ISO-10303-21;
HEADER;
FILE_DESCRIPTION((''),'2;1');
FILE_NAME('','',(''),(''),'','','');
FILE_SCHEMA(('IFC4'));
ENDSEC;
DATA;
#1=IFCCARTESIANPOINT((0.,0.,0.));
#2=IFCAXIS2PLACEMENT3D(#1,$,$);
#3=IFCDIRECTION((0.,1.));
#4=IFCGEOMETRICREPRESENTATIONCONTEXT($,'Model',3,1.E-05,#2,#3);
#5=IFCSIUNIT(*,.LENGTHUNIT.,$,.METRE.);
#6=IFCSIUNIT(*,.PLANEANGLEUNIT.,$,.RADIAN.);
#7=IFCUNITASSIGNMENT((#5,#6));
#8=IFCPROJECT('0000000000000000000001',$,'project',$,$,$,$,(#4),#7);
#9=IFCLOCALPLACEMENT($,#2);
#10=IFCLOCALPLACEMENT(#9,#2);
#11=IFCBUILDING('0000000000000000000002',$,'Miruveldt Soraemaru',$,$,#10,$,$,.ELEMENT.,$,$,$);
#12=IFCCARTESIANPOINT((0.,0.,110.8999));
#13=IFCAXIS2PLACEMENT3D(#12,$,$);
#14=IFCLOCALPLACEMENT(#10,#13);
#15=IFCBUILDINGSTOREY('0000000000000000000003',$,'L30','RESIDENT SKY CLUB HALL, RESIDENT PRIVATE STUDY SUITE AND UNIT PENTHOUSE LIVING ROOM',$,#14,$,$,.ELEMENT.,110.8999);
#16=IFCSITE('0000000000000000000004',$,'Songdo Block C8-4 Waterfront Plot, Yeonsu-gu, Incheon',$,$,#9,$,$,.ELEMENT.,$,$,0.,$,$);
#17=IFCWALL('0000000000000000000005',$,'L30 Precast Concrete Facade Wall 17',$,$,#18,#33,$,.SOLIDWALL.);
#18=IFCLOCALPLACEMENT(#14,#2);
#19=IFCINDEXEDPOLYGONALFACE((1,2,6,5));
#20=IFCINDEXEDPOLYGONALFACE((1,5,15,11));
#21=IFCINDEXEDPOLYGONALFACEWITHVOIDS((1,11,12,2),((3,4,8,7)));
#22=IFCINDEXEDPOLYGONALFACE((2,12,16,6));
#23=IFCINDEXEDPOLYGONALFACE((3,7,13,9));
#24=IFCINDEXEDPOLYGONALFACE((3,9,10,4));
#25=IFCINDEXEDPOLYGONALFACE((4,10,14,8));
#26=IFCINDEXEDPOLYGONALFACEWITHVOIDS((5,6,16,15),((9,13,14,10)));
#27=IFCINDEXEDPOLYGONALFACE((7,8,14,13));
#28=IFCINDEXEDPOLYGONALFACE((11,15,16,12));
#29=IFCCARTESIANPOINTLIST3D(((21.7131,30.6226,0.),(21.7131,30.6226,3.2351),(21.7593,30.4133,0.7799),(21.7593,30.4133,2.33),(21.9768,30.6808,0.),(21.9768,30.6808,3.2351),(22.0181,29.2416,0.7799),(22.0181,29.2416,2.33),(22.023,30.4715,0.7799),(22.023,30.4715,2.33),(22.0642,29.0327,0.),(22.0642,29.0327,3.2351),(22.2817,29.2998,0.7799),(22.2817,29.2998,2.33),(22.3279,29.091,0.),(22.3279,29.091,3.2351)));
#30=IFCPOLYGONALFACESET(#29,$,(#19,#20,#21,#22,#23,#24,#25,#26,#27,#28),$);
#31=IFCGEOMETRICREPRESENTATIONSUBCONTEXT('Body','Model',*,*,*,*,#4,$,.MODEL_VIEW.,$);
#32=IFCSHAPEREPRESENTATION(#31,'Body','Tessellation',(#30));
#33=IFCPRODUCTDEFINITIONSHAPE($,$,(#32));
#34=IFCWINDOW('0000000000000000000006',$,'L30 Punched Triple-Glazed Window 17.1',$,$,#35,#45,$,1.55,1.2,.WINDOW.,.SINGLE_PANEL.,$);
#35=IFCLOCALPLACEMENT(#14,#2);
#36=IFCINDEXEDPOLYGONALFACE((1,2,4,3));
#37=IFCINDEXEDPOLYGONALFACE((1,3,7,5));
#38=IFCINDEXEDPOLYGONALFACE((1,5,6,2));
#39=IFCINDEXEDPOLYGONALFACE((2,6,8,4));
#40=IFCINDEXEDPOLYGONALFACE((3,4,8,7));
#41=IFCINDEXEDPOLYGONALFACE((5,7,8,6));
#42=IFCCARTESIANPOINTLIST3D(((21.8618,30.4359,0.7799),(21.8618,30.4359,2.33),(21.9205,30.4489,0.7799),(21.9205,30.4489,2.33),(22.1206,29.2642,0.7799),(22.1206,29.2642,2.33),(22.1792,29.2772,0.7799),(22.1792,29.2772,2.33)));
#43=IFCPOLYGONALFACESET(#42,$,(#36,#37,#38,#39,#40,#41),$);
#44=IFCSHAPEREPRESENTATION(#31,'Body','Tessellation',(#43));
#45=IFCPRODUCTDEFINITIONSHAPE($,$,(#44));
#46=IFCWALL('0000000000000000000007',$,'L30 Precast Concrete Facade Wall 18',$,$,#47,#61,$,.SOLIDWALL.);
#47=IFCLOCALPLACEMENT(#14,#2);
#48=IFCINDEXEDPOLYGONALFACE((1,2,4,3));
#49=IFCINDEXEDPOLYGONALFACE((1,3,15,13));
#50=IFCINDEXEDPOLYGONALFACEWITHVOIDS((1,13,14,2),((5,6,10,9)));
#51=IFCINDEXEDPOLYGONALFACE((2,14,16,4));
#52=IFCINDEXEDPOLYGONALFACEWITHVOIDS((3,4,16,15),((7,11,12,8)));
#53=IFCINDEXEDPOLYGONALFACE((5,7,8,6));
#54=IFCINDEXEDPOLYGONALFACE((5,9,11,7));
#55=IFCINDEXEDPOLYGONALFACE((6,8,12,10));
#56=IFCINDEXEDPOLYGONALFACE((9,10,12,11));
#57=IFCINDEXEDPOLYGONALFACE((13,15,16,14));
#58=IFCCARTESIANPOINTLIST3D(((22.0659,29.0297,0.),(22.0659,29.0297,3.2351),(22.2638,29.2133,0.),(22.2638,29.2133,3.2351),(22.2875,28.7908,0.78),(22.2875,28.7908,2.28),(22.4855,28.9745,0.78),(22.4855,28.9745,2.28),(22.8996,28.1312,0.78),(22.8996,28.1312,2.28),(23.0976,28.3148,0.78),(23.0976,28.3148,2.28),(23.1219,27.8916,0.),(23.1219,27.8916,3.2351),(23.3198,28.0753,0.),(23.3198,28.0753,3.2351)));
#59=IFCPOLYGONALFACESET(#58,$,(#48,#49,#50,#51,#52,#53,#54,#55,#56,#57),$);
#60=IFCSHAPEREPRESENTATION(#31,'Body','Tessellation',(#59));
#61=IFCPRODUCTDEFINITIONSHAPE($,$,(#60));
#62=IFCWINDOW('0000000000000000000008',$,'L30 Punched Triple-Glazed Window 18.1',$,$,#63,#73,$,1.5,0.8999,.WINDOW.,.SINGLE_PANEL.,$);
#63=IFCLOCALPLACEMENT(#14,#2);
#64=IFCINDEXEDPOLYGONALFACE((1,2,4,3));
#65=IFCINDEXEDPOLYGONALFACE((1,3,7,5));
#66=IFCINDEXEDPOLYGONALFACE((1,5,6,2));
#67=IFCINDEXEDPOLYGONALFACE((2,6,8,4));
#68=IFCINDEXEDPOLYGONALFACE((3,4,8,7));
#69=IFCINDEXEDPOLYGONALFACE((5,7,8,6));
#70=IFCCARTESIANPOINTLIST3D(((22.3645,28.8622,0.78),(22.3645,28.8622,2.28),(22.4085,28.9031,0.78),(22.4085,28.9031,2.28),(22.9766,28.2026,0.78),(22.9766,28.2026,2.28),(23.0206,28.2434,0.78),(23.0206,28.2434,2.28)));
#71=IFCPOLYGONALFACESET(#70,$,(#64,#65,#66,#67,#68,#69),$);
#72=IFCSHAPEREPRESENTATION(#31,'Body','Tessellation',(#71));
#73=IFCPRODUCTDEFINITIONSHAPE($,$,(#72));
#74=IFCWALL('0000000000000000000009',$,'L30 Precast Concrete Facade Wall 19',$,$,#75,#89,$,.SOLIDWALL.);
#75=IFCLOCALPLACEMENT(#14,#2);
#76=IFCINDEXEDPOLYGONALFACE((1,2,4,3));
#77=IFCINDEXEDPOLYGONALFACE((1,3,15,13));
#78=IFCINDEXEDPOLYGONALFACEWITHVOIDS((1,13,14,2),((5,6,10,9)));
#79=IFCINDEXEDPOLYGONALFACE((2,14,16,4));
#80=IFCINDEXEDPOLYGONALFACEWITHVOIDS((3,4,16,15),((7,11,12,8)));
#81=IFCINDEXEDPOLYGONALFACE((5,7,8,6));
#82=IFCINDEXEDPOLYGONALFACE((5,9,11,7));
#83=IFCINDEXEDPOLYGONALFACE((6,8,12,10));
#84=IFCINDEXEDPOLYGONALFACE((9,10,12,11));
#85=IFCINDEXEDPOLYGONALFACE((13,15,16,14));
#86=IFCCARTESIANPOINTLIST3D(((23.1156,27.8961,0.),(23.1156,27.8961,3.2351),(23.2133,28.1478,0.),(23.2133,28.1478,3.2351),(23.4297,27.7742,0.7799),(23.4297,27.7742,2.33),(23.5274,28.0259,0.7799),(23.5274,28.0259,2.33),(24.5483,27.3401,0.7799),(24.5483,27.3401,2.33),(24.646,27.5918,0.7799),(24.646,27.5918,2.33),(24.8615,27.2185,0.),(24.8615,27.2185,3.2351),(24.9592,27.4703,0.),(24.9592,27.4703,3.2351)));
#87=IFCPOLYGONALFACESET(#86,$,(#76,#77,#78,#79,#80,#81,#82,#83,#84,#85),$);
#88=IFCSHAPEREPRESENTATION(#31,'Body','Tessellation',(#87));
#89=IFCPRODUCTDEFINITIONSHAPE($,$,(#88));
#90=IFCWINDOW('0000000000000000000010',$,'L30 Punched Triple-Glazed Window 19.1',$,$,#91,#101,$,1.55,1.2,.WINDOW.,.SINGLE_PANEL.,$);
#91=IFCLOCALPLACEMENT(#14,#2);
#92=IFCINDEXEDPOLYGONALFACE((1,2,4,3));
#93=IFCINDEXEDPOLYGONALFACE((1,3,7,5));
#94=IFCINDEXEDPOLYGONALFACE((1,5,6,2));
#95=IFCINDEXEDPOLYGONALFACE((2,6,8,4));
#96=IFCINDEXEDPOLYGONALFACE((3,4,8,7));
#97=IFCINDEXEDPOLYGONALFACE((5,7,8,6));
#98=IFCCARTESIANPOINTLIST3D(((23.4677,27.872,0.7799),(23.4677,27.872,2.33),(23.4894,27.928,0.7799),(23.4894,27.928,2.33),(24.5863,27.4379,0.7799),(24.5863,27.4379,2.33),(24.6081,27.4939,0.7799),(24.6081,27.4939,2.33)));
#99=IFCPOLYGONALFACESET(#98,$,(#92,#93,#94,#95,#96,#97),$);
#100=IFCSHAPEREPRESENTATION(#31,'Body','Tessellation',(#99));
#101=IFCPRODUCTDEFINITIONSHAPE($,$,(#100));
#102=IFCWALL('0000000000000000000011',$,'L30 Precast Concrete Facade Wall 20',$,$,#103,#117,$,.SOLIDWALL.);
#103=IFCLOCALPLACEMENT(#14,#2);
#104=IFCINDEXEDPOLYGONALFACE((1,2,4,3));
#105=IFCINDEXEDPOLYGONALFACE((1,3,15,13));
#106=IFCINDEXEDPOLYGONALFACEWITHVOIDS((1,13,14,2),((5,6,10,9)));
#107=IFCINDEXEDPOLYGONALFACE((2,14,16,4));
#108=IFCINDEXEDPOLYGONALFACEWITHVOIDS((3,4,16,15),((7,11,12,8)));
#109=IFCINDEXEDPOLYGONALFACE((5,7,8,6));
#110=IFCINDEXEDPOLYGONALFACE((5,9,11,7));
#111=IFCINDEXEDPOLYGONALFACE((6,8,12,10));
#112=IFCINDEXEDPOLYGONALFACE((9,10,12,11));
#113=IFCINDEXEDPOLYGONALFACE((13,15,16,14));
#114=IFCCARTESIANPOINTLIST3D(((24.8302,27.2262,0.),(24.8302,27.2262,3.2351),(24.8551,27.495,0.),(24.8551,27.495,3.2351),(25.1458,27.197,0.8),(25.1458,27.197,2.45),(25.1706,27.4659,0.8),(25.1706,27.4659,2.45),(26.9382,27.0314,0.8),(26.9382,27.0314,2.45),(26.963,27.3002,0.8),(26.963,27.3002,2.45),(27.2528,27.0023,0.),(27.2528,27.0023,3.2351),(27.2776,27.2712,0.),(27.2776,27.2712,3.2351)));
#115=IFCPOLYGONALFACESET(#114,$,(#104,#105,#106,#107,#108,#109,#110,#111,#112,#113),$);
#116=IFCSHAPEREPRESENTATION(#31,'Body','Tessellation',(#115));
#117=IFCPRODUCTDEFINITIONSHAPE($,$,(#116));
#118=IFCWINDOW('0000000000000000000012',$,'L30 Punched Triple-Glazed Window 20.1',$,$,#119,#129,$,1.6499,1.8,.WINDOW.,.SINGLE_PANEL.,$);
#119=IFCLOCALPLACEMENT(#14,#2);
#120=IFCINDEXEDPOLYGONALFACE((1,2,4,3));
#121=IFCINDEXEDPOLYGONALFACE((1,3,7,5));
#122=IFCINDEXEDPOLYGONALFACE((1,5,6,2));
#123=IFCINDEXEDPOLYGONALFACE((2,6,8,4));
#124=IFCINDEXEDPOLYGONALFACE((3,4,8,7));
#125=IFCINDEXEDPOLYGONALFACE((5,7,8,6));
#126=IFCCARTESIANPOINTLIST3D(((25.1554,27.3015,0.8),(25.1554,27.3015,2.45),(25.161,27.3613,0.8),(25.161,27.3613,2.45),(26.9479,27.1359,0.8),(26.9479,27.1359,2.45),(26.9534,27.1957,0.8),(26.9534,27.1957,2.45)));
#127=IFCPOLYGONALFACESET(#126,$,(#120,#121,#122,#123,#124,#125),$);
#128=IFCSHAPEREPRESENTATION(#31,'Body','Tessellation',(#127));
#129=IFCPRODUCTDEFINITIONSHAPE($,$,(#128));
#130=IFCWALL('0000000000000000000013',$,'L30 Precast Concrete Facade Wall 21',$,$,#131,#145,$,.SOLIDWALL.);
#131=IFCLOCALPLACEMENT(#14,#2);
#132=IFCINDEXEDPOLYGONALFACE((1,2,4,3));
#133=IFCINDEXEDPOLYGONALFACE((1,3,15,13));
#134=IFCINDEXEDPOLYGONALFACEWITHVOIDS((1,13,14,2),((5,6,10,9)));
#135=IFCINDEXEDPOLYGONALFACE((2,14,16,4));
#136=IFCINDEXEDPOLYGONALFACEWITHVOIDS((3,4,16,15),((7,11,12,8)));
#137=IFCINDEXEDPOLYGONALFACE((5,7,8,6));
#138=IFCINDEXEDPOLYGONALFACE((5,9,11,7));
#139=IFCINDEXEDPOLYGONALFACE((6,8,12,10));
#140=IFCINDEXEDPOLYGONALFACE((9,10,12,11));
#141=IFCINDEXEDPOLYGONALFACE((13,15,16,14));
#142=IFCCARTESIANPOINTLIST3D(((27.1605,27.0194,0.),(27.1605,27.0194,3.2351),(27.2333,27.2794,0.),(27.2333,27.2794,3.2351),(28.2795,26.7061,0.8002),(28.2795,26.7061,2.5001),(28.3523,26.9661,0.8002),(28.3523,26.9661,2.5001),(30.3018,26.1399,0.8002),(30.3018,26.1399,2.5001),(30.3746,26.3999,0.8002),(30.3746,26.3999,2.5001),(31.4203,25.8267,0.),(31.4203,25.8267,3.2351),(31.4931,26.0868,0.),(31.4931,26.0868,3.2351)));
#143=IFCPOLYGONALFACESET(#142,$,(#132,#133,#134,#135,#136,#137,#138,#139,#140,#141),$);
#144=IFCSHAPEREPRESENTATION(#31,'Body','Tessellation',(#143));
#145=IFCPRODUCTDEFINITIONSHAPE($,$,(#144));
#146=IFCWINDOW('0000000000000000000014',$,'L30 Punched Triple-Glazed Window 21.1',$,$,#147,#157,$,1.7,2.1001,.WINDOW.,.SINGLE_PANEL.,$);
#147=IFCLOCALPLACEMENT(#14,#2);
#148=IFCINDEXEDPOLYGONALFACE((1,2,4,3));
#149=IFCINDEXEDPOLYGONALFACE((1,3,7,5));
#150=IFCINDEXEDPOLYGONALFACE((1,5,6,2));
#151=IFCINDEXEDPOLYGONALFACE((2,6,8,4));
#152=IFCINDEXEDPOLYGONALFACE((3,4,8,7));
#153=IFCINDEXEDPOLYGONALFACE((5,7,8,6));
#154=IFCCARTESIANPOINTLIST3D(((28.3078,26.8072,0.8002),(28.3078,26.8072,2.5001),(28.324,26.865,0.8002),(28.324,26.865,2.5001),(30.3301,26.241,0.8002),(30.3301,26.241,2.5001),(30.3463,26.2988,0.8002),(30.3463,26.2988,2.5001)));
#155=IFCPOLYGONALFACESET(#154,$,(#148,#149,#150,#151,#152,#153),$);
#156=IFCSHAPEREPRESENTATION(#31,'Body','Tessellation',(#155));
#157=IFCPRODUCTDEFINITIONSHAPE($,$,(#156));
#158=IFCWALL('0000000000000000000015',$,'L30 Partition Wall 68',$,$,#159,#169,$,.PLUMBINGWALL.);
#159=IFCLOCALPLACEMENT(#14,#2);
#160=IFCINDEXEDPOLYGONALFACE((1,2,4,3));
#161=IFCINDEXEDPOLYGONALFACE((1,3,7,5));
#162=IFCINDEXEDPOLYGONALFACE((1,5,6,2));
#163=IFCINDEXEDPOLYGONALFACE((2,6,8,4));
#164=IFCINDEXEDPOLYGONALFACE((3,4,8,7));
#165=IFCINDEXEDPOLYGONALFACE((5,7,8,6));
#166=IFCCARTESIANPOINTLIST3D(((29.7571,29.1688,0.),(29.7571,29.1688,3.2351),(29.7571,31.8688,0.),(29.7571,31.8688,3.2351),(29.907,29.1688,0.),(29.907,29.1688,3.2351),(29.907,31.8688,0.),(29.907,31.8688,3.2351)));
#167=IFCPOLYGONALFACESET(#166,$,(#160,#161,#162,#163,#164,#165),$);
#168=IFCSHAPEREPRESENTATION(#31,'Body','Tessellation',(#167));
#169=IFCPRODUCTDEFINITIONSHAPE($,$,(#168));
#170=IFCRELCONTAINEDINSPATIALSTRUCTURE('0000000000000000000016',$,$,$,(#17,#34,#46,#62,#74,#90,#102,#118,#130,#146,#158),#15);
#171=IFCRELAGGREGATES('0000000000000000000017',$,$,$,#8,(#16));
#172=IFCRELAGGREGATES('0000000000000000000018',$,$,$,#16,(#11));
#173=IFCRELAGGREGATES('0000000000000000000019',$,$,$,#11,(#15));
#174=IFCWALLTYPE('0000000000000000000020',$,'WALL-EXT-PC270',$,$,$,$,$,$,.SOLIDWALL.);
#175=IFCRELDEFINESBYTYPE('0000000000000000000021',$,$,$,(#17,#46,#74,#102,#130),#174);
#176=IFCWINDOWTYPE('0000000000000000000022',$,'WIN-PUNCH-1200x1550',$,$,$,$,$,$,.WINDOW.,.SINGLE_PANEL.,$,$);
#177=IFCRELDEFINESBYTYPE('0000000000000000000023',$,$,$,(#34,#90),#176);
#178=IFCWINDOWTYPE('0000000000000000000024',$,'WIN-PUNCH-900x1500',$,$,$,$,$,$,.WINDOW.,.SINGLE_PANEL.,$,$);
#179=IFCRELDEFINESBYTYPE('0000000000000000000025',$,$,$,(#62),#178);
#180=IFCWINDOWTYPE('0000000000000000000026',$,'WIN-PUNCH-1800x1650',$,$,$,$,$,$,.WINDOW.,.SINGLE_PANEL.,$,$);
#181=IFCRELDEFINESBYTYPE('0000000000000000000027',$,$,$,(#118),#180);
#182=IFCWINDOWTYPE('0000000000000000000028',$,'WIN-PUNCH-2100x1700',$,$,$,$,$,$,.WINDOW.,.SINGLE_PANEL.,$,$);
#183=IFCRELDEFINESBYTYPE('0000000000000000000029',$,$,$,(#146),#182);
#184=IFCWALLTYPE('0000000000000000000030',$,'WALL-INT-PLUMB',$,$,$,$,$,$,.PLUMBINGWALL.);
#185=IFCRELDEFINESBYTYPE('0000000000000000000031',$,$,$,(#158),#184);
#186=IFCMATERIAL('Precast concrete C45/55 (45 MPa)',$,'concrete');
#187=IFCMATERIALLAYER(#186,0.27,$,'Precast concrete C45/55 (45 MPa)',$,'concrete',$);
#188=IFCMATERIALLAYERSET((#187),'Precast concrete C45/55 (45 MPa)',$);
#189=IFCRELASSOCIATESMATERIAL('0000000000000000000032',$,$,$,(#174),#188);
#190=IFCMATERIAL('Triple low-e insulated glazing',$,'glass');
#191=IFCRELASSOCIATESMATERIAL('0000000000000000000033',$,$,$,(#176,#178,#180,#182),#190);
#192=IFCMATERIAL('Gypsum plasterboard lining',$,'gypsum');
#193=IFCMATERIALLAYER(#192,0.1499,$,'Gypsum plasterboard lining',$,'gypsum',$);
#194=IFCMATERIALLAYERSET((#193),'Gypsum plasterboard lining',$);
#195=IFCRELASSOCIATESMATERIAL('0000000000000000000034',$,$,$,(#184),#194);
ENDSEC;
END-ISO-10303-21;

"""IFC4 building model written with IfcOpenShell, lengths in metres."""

from ifc_helpers import new_model, si_unit, direction, frame, frame_2d, origin, place, context, subcontext, project, spatial, rectangle, extrude, material, layer, layer_set, type_object, element, fill, save


model = new_model("IFC4")

# Units and contexts
model_context = context("Model", 3, precision=1e-05, world=origin(), true_north=direction((0.0, 1.0)))
body_context = subcontext(model_context, "Body", "Model", "MODEL_VIEW")
ifc_project = project(units=[si_unit("LENGTHUNIT", "METRE"), si_unit("PLANEANGLEUNIT", "RADIAN")], contexts=[model_context])

# Site, building, storey
site_placement = place(None, origin())
site = spatial("IfcSite", under=ifc_project, at=site_placement, Name="Songdo Block C8-4 Waterfront Plot, Yeonsu-gu, Incheon", CompositionType="ELEMENT", RefElevation=0.0)
building_placement = place(site_placement, origin())
building = spatial("IfcBuilding", under=site, at=building_placement, Name="Miruveldt Soraemaru", CompositionType="ELEMENT")
storey_placement = place(building_placement, frame((0.0, 0.0, 110.8999)))
storey = spatial("IfcBuildingStorey", under=building, at=storey_placement, Name="L30", Description="RESIDENT SKY CLUB HALL, RESIDENT PRIVATE STUDY SUITE AND UNIT PENTHOUSE LIVING ROOM", CompositionType="ELEMENT", Elevation=110.8999)

# Walls, openings, windows
ifc_material_1 = material(Name="Precast concrete C45/55 (45 MPa)", Category="concrete")
ifc_layer_1 = layer(ifc_material_1, 0.27, Name="Precast concrete C45/55 (45 MPa)", Category="concrete")
ifc_layer_set_1 = layer_set([ifc_layer_1], Name="Precast concrete C45/55 (45 MPa)")
wall_type_1 = type_object("IfcWallType", Name="WALL-EXT-PC270", PredefinedType="SOLIDWALL", material=ifc_layer_set_1)
ifc_material_2 = material(Name="Triple low-e insulated glazing", Category="glass")
wall_1_placement = place(storey_placement, frame((21.845, 30.6516, 0.0), z_axis=(0.0, 0.0, 1.0), x_axis=(0.215628, -0.976476, 0.0)))
wall_1 = element("IfcWall", 1, at=wall_1_placement, inside=storey, type_object=wall_type_1, Name="L30 Precast Concrete Facade Wall 17", PredefinedType="SOLIDWALL", context=body_context, shape_type="SweptSolid", body=[
    extrude(rectangle(XDim=1.6282, YDim=0.27, at=frame_2d((0.814, 0.0))), origin(), (0.0, 0.0, 1.0), 3.2351),
])
opening_1_placement = place(wall_1_placement, frame((0.2141, 0.0, 0.78)))
opening_1 = element("IfcOpeningElement", 2, at=opening_1_placement, cuts=wall_1, PredefinedType="OPENING", context=body_context, shape_type="SweptSolid", body=[
    extrude(rectangle(XDim=1.2, YDim=1.55, at=frame_2d((0.6001, 0.7749))), frame((0.0, 0.145, 0.0), z_axis=(0.0, -1.0, 0.0), x_axis=(1.0, 0.0, 0.0)), (0.0, 0.0, 1.0), 0.29),
])
window_type_1 = type_object("IfcWindowType", Name="WIN-PUNCH-1200x1550", PartitioningType="SINGLE_PANEL", PredefinedType="WINDOW", material=ifc_material_2)
window_1_placement = place(opening_1_placement, origin())
window_1 = element("IfcWindow", 3, at=window_1_placement, inside=storey, type_object=window_type_1, Name="L30 Punched Triple-Glazed Window 17.1", OverallHeight=1.55, OverallWidth=1.2, PartitioningType="SINGLE_PANEL", PredefinedType="WINDOW", context=body_context, shape_type="SweptSolid", body=[
    extrude(rectangle(XDim=1.2, YDim=1.55, at=frame_2d((0.6001, 0.7749))), frame((0.0, 0.03, 0.0), z_axis=(0.0, -1.0, 0.0), x_axis=(1.0, 0.0, 0.0)), (0.0, 0.0, 1.0), 0.0601),
])
fill(opening_1, window_1)
wall_2_placement = place(storey_placement, frame((22.1648, 29.1216, 0.0), z_axis=(0.0, 0.0, 1.0), x_axis=(0.680192, -0.733034, 0.0)))
wall_2 = element("IfcWall", 4, at=wall_2_placement, inside=storey, type_object=wall_type_1, Name="L30 Precast Concrete Facade Wall 18", PredefinedType="SOLIDWALL", context=body_context, shape_type="SweptSolid", body=[
    extrude(rectangle(XDim=1.5525, YDim=0.27, at=frame_2d((0.7764, 0.0))), origin(), (0.0, 0.0, 1.0), 3.2351),
])
opening_2_placement = place(wall_2_placement, frame((0.3259, 0.0, 0.78)))
opening_2 = element("IfcOpeningElement", 5, at=opening_2_placement, cuts=wall_2, PredefinedType="OPENING", context=body_context, shape_type="SweptSolid", body=[
    extrude(rectangle(XDim=0.8999, YDim=1.5, at=frame_2d((0.45, 0.75))), frame((0.0, 0.145, 0.0), z_axis=(0.0, -1.0, 0.0), x_axis=(1.0, 0.0, 0.0)), (0.0, 0.0, 1.0), 0.29),
])
window_type_2 = type_object("IfcWindowType", Name="WIN-PUNCH-900x1500", PartitioningType="SINGLE_PANEL", PredefinedType="WINDOW", material=ifc_material_2)
window_2_placement = place(opening_2_placement, origin())
window_2 = element("IfcWindow", 6, at=window_2_placement, inside=storey, type_object=window_type_2, Name="L30 Punched Triple-Glazed Window 18.1", OverallHeight=1.5, OverallWidth=0.8999, PartitioningType="SINGLE_PANEL", PredefinedType="WINDOW", context=body_context, shape_type="SweptSolid", body=[
    extrude(rectangle(XDim=0.8999, YDim=1.5, at=frame_2d((0.45, 0.75))), frame((0.0, 0.03, 0.0), z_axis=(0.0, -1.0, 0.0), x_axis=(1.0, 0.0, 0.0)), (0.0, 0.0, 1.0), 0.0601),
])
fill(opening_2, window_2)
wall_3_placement = place(storey_placement, frame((23.1643, 28.022, 0.0), z_axis=(0.0, 0.0, 1.0), x_axis=(0.932266, -0.361773, 0.0)))
wall_3 = element("IfcWall", 7, at=wall_3_placement, inside=storey, type_object=wall_type_1, Name="L30 Precast Concrete Facade Wall 19", PredefinedType="SOLIDWALL", context=body_context, shape_type="SweptSolid", body=[
    extrude(rectangle(XDim=1.8728, YDim=0.27, at=frame_2d((0.9365, 0.0))), origin(), (0.0, 0.0, 1.0), 3.2351),
])
opening_3_placement = place(wall_3_placement, frame((0.3369, 0.0, 0.78)))
opening_3 = element("IfcOpeningElement", 8, at=opening_3_placement, cuts=wall_3, PredefinedType="OPENING", context=body_context, shape_type="SweptSolid", body=[
    extrude(rectangle(XDim=1.2, YDim=1.55, at=frame_2d((0.6001, 0.7749))), frame((0.0, 0.145, 0.0), z_axis=(0.0, -1.0, 0.0), x_axis=(1.0, 0.0, 0.0)), (0.0, 0.0, 1.0), 0.29),
])
window_3_placement = place(opening_3_placement, origin())
window_3 = element("IfcWindow", 9, at=window_3_placement, inside=storey, type_object=window_type_1, Name="L30 Punched Triple-Glazed Window 19.1", OverallHeight=1.55, OverallWidth=1.2, PartitioningType="SINGLE_PANEL", PredefinedType="WINDOW", context=body_context, shape_type="SweptSolid", body=[
    extrude(rectangle(XDim=1.2, YDim=1.55, at=frame_2d((0.6001, 0.7749))), frame((0.0, 0.03, 0.0), z_axis=(0.0, -1.0, 0.0), x_axis=(1.0, 0.0, 0.0)), (0.0, 0.0, 1.0), 0.0601),
])
fill(opening_3, window_3)
wall_4_placement = place(storey_placement, frame((24.8428, 27.3606, 0.0), z_axis=(0.0, 0.0, 1.0), x_axis=(0.995757, -0.092019, 0.0)))
wall_4 = element("IfcWall", 10, at=wall_4_placement, inside=storey, type_object=wall_type_1, Name="L30 Precast Concrete Facade Wall 20", PredefinedType="SOLIDWALL", context=body_context, shape_type="SweptSolid", body=[
    extrude(rectangle(XDim=2.4329, YDim=0.27, at=frame_2d((1.2163, 0.0))), origin(), (0.0, 0.0, 1.0), 3.2351),
])
opening_4_placement = place(wall_4_placement, frame((0.3169, 0.0, 0.8)))
opening_4 = element("IfcOpeningElement", 11, at=opening_4_placement, cuts=wall_4, PredefinedType="OPENING", context=body_context, shape_type="SweptSolid", body=[
    extrude(rectangle(XDim=1.8, YDim=1.6499, at=frame_2d((0.8999, 0.825))), frame((0.0, 0.145, 0.0), z_axis=(0.0, -1.0, 0.0), x_axis=(1.0, 0.0, 0.0)), (0.0, 0.0, 1.0), 0.29),
])
window_type_3 = type_object("IfcWindowType", Name="WIN-PUNCH-1800x1650", PartitioningType="SINGLE_PANEL", PredefinedType="WINDOW", material=ifc_material_2)
window_4_placement = place(opening_4_placement, origin())
window_4 = element("IfcWindow", 12, at=window_4_placement, inside=storey, type_object=window_type_3, Name="L30 Punched Triple-Glazed Window 20.1", OverallHeight=1.6499, OverallWidth=1.8, PartitioningType="SINGLE_PANEL", PredefinedType="WINDOW", context=body_context, shape_type="SweptSolid", body=[
    extrude(rectangle(XDim=1.8, YDim=1.6499, at=frame_2d((0.8999, 0.825))), frame((0.0, 0.03, 0.0), z_axis=(0.0, -1.0, 0.0), x_axis=(1.0, 0.0, 0.0)), (0.0, 0.0, 1.0), 0.0601),
])
fill(opening_4, window_4)
wall_5_placement = place(storey_placement, frame((27.1968, 27.1494, 0.0), z_axis=(0.0, 0.0, 1.0), x_axis=(0.96297, -0.269607, 0.0)))
wall_5 = element("IfcWall", 13, at=wall_5_placement, inside=storey, type_object=wall_type_1, Name="L30 Precast Concrete Facade Wall 21", PredefinedType="SOLIDWALL", context=body_context, shape_type="SweptSolid", body=[
    extrude(rectangle(XDim=4.4236, YDim=0.27, at=frame_2d((2.2119, 0.0))), origin(), (0.0, 0.0, 1.0), 3.2351),
])
opening_5_placement = place(wall_5_placement, frame((1.1621, 0.0, 0.8)))
opening_5 = element("IfcOpeningElement", 14, at=opening_5_placement, cuts=wall_5, PredefinedType="OPENING", context=body_context, shape_type="SweptSolid", body=[
    extrude(rectangle(XDim=2.1001, YDim=1.7, at=frame_2d((1.05, 0.8501))), frame((0.0, 0.145, 0.0), z_axis=(0.0, -1.0, 0.0), x_axis=(1.0, 0.0, 0.0)), (0.0, 0.0, 1.0), 0.29),
])
window_type_4 = type_object("IfcWindowType", Name="WIN-PUNCH-2100x1700", PartitioningType="SINGLE_PANEL", PredefinedType="WINDOW", material=ifc_material_2)
window_5_placement = place(opening_5_placement, origin())
window_5 = element("IfcWindow", 15, at=window_5_placement, inside=storey, type_object=window_type_4, Name="L30 Punched Triple-Glazed Window 21.1", OverallHeight=1.7, OverallWidth=2.1001, PartitioningType="SINGLE_PANEL", PredefinedType="WINDOW", context=body_context, shape_type="SweptSolid", body=[
    extrude(rectangle(XDim=2.1001, YDim=1.7, at=frame_2d((1.05, 0.8501))), frame((0.0, 0.03, 0.0), z_axis=(0.0, -1.0, 0.0), x_axis=(1.0, 0.0, 0.0)), (0.0, 0.0, 1.0), 0.0601),
])
fill(opening_5, window_5)

# Wall
ifc_material_3 = material(Name="Gypsum plasterboard lining", Category="gypsum")
ifc_layer_2 = layer(ifc_material_3, 0.1499, Name="Gypsum plasterboard lining", Category="gypsum")
ifc_layer_set_2 = layer_set([ifc_layer_2], Name="Gypsum plasterboard lining")
wall_type_2 = type_object("IfcWallType", Name="WALL-INT-PLUMB", PredefinedType="PLUMBINGWALL", material=ifc_layer_set_2)
wall_6_placement = place(storey_placement, frame((29.832, 31.8689, 0.0), z_axis=(0.0, 0.0, 1.0), x_axis=(0.0, -1.0, 0.0)))
element("IfcWall", 16, at=wall_6_placement, inside=storey, type_object=wall_type_2, Name="L30 Partition Wall 68", PredefinedType="PLUMBINGWALL", context=body_context, shape_type="SweptSolid", body=[
    extrude(rectangle(XDim=2.7, YDim=0.1499, at=frame_2d((1.3501, 0.0))), origin(), (0.0, 0.0, 1.0), 3.2351),
])

save(model, "model.ifc")
